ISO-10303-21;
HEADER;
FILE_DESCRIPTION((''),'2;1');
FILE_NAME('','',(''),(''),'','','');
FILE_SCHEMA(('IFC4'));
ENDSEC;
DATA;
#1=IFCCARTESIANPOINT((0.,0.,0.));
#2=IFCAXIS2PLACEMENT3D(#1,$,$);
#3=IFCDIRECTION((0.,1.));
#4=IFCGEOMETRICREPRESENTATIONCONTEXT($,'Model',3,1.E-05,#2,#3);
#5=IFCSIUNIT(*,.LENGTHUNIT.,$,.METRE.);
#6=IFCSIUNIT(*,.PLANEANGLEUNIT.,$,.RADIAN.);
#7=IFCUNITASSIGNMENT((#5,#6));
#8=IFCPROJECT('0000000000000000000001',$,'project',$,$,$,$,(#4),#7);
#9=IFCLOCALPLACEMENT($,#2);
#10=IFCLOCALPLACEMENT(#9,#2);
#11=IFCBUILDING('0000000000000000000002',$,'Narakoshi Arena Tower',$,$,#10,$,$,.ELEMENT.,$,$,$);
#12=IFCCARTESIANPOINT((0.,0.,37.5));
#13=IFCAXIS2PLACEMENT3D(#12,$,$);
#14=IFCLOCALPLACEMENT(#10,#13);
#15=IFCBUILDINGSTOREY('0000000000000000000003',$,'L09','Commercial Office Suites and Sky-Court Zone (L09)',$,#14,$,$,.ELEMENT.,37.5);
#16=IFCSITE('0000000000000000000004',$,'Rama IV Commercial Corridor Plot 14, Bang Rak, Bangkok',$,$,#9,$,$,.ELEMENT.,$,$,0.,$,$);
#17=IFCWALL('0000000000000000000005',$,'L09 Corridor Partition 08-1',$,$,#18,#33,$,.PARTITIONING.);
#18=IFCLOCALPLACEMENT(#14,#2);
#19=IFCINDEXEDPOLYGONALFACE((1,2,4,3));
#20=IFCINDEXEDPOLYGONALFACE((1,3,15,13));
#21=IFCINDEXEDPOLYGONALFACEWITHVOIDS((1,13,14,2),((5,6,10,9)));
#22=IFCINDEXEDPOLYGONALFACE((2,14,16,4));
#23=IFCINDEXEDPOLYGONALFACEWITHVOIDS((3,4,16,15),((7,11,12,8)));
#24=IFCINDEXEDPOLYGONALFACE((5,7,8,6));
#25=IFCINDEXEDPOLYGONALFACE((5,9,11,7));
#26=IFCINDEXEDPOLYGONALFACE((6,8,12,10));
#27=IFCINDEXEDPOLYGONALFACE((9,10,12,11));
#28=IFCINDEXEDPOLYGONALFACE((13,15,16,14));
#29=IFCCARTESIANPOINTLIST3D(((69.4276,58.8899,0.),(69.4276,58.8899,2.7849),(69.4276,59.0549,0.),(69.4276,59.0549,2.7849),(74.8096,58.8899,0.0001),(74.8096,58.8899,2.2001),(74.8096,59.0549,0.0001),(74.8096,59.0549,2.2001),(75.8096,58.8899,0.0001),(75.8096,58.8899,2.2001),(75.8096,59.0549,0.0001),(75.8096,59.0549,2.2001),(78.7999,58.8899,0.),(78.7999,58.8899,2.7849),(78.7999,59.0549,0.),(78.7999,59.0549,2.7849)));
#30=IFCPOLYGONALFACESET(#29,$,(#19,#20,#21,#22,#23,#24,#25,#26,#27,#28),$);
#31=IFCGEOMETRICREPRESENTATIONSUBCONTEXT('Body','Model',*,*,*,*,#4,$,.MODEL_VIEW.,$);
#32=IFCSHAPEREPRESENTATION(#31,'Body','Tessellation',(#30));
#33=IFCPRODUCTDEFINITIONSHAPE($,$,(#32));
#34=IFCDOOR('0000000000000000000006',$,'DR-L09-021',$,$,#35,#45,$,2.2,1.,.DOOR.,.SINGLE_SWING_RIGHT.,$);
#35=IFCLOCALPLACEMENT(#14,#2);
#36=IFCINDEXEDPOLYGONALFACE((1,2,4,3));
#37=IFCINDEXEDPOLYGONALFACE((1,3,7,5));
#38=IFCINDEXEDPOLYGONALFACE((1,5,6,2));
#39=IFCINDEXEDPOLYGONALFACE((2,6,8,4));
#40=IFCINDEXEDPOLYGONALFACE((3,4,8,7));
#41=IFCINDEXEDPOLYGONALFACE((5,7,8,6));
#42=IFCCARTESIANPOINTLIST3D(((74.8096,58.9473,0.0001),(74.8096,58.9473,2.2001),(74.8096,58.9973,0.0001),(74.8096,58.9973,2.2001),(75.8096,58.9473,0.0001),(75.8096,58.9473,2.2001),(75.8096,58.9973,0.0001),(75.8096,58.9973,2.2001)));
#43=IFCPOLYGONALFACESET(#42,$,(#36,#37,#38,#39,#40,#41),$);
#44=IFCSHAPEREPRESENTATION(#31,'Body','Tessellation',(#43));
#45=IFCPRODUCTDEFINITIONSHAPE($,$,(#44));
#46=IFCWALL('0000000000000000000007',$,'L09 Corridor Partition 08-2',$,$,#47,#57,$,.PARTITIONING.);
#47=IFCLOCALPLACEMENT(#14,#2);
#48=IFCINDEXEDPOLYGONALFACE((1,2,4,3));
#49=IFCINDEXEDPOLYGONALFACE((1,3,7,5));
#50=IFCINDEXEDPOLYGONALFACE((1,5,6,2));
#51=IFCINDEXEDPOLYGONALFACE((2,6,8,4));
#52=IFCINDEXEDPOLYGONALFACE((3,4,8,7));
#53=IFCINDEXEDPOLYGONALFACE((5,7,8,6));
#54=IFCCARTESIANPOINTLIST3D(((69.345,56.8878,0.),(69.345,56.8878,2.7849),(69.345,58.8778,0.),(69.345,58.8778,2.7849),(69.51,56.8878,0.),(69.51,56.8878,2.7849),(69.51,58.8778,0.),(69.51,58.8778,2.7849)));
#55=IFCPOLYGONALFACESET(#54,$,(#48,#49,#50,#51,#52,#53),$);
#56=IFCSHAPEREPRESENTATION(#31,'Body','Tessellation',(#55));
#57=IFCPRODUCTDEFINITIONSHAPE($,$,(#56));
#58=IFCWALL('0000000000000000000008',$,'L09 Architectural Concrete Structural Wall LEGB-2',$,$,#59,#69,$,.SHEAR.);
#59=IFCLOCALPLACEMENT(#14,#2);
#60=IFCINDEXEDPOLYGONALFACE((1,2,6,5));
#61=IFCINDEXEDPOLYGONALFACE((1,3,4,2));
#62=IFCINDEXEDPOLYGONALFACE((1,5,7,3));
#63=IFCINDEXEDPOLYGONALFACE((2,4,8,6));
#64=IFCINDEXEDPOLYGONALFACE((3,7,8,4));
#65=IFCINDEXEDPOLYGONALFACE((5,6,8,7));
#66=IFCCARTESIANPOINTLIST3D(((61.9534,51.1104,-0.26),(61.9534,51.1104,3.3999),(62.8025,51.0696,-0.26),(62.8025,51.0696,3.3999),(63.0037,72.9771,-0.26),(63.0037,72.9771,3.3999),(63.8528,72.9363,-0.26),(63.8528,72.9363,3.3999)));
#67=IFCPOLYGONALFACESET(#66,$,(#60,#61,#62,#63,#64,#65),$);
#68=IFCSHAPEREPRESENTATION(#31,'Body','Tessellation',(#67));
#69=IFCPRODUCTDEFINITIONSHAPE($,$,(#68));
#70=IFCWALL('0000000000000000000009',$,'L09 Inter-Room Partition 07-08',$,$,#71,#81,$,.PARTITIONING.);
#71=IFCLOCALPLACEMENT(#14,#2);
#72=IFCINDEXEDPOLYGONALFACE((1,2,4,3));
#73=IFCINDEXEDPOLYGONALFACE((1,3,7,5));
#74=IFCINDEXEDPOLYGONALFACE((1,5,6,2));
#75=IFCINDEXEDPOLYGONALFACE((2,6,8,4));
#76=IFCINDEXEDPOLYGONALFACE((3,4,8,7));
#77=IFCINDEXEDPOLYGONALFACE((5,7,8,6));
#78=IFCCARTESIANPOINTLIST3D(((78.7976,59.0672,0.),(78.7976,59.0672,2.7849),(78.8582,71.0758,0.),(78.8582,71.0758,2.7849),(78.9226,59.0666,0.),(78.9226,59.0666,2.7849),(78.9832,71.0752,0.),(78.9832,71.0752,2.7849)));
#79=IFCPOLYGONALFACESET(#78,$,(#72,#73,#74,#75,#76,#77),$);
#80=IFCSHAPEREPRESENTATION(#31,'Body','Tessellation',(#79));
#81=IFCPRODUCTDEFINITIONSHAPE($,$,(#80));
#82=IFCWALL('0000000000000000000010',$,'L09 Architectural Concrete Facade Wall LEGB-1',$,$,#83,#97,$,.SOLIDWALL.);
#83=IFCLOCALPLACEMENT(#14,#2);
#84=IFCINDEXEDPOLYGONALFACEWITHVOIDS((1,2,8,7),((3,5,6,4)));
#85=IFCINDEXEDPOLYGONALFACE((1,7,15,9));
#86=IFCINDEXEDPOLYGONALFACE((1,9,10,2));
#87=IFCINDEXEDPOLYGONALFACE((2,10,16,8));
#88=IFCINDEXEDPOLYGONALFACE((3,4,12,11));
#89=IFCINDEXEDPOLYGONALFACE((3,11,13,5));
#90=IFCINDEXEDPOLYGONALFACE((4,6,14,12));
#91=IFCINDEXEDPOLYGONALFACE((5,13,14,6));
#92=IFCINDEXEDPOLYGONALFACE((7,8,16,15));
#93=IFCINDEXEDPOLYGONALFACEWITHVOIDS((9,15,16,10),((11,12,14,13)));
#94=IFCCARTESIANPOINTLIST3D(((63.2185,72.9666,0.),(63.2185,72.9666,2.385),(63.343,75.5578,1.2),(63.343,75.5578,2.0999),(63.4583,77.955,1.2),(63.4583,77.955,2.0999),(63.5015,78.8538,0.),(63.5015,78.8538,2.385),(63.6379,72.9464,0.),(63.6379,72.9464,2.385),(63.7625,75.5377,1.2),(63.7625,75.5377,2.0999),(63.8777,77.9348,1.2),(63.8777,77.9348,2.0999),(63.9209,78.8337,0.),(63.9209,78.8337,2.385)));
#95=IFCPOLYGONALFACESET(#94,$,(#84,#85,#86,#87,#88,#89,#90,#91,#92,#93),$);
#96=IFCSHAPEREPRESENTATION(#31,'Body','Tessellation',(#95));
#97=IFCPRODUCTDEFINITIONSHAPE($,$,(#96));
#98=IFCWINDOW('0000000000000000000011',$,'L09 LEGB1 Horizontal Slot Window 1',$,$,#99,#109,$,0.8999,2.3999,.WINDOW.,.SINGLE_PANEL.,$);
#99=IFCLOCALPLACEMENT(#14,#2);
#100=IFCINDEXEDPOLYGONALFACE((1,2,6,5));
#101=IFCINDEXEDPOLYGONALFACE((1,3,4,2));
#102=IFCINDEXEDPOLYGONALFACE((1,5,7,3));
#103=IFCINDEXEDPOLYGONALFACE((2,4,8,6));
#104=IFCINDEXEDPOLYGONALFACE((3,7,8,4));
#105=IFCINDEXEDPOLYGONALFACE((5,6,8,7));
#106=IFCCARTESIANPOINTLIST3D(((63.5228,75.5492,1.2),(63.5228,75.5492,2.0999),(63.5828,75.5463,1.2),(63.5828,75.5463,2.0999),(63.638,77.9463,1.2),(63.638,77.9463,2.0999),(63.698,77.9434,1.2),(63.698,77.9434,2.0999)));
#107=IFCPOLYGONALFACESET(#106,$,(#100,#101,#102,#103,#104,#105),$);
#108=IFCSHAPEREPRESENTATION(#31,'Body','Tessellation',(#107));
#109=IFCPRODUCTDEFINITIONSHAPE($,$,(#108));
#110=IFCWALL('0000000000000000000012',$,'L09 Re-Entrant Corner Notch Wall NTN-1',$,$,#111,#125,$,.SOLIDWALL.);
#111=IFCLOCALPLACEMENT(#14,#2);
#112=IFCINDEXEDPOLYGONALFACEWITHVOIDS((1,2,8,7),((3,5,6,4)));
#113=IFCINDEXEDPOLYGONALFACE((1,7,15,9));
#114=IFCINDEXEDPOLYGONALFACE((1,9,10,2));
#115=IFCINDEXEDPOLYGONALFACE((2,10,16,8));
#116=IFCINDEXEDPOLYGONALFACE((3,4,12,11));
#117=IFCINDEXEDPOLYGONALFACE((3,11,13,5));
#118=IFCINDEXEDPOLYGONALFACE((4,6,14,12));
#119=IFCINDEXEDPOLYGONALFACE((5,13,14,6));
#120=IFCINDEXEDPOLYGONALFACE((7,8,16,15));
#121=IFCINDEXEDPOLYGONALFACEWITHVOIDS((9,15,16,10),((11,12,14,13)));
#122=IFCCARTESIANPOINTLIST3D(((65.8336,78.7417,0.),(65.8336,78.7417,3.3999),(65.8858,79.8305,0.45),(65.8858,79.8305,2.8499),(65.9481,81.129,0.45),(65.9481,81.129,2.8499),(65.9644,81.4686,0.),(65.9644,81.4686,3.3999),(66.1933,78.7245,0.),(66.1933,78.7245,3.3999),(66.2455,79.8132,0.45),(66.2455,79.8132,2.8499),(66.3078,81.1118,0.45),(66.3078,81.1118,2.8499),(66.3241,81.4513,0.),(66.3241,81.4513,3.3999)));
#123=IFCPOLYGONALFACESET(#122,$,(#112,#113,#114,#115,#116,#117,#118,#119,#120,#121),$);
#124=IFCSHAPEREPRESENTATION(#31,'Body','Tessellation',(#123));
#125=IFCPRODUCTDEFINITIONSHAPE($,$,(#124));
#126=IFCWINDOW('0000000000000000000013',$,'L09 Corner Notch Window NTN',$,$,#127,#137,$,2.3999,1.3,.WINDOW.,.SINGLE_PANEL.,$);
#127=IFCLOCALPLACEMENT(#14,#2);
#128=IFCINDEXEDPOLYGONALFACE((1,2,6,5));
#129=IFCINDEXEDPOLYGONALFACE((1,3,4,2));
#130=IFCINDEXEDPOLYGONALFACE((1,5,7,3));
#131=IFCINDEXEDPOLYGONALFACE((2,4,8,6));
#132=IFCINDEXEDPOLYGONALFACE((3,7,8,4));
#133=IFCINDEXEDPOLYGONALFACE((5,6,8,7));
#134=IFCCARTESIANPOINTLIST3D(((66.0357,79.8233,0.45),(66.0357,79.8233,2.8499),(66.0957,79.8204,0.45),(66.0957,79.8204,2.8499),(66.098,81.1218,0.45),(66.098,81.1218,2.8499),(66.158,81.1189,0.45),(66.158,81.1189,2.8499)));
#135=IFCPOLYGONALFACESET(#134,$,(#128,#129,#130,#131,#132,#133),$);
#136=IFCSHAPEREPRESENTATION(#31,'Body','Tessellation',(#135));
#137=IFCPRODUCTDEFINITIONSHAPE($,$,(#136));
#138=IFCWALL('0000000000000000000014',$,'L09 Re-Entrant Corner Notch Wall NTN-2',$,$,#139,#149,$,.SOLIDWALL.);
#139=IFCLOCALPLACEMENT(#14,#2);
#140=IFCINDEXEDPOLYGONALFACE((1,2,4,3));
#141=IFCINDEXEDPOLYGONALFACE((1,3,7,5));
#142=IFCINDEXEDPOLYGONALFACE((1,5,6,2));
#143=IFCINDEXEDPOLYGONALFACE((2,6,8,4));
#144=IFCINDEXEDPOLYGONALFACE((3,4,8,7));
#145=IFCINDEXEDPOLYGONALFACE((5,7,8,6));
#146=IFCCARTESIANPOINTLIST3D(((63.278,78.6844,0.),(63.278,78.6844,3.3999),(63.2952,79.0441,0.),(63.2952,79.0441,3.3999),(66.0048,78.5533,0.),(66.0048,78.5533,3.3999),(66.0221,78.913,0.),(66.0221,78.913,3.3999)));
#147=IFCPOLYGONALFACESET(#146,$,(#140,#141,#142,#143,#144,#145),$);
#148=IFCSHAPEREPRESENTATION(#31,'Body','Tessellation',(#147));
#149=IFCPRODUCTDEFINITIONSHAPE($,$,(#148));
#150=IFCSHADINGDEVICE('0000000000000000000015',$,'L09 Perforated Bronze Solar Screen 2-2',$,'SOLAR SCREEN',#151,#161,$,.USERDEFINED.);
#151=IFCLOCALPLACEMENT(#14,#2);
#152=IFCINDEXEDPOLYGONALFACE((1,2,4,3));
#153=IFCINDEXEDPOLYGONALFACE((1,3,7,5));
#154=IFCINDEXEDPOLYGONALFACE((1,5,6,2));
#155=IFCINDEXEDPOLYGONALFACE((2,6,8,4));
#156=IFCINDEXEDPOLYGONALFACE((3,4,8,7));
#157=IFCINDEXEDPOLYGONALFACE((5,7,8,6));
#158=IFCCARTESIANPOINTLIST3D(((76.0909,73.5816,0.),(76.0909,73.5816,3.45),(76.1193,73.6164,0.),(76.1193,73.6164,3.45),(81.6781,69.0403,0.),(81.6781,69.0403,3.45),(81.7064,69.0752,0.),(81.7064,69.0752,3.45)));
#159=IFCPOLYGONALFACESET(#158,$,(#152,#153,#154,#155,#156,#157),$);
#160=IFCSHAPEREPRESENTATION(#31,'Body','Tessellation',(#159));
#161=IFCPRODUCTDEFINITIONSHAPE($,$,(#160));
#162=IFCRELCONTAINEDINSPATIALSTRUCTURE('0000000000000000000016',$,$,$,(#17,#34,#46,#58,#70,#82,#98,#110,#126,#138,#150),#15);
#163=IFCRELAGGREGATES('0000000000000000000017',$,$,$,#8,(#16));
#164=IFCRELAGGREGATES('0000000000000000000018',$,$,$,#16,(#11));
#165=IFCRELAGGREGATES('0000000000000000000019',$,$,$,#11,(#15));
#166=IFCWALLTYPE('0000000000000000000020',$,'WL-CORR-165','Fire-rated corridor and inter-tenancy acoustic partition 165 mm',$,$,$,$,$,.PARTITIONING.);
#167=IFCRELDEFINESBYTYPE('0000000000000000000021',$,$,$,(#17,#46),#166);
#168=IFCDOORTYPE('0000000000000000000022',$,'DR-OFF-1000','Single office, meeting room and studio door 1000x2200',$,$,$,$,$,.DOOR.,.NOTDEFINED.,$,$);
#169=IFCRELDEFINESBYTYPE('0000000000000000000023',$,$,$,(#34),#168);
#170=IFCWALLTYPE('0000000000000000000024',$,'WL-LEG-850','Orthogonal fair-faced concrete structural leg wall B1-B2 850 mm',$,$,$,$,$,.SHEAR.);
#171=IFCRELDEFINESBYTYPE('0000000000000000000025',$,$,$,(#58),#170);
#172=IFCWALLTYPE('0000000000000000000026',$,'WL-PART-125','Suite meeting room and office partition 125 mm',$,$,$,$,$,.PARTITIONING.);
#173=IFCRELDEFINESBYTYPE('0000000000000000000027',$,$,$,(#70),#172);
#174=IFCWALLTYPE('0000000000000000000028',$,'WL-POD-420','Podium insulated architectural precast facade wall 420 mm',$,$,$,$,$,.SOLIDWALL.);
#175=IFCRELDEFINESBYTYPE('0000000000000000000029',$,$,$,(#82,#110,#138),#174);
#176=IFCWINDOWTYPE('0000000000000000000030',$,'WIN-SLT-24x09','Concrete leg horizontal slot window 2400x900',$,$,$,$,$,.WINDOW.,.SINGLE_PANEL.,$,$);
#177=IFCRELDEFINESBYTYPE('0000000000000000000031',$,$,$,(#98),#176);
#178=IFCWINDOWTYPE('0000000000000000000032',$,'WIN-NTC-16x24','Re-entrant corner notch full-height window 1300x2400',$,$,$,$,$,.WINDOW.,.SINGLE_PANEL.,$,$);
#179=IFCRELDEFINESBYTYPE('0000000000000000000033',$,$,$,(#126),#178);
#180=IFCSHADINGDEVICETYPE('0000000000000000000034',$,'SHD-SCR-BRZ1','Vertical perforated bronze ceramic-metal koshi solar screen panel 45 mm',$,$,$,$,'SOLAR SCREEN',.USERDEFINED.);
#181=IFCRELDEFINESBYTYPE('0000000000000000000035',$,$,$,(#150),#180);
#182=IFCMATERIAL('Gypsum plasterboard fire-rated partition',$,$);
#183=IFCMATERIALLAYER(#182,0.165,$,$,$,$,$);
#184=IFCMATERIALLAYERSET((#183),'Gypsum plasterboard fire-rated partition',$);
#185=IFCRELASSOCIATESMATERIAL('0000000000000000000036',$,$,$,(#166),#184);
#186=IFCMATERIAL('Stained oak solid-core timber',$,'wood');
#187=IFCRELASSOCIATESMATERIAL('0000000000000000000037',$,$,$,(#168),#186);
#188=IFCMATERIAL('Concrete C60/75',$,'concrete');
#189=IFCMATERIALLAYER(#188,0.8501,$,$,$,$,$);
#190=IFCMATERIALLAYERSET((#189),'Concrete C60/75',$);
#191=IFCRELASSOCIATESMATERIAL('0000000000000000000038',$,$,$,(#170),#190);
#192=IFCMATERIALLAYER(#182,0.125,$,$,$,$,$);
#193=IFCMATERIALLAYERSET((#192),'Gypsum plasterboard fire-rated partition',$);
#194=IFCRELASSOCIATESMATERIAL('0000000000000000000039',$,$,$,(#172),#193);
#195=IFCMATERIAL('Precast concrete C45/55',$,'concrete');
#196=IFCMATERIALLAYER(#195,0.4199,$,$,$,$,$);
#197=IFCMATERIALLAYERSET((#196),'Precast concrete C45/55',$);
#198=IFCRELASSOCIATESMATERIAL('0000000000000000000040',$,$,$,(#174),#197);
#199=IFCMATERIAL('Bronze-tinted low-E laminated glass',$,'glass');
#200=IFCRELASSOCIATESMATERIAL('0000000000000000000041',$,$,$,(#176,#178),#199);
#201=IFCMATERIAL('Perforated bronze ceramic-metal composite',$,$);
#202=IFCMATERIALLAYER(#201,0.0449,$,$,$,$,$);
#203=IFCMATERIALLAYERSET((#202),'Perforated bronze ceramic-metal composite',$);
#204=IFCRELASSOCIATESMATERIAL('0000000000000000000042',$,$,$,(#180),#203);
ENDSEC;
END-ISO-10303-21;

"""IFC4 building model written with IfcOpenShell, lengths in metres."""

from ifc_helpers import new_model, si_unit, direction, frame, frame_2d, origin, origin_2d, place, context, subcontext, project, spatial, rectangle, extrude, material, layer, layer_set, type_object, element, fill, save


model = new_model("IFC4")

# Units and contexts
model_context = context("Model", 3, precision=1e-05, world=origin(), true_north=direction((0.0, 1.0)))
body_context = subcontext(model_context, "Body", "Model", "MODEL_VIEW")
ifc_project = project(units=[si_unit("LENGTHUNIT", "METRE"), si_unit("PLANEANGLEUNIT", "RADIAN")], contexts=[model_context])

# Site, building, storey
site_placement = place(None, origin())
site = spatial("IfcSite", under=ifc_project, at=site_placement, Name="Rama IV Commercial Corridor Plot 14, Bang Rak, Bangkok", CompositionType="ELEMENT", RefElevation=0.0)
building_placement = place(site_placement, origin())
building = spatial("IfcBuilding", under=site, at=building_placement, Name="Narakoshi Arena Tower", CompositionType="ELEMENT")
storey_placement = place(building_placement, frame((0.0, 0.0, 37.5)))
storey = spatial("IfcBuildingStorey", under=building, at=storey_placement, Name="L09", Description="Commercial Office Suites and Sky-Court Zone (L09)", CompositionType="ELEMENT", Elevation=37.5)

# Shared definitions
ifc_material_1 = material(Name="Concrete C60/75", Category="concrete")

# Shared definitions
ifc_material_2 = material(Name="Bronze-tinted low-E laminated glass", Category="glass")

# Wall, opening, door
ifc_material_3 = material(Name="Gypsum plasterboard fire-rated partition")
ifc_layer_1 = layer(ifc_material_3, 0.165)
ifc_layer_set_1 = layer_set([ifc_layer_1], Name="Gypsum plasterboard fire-rated partition")
wall_type_1 = type_object("IfcWallType", Name="WL-CORR-165", Description="Fire-rated corridor and inter-tenancy acoustic partition 165 mm", PredefinedType="PARTITIONING", material=ifc_layer_set_1)
wall_1_placement = place(storey_placement, frame((78.7998, 58.9724, 0.0), z_axis=(0.0, 0.0, 1.0), x_axis=(-1.0, 0.0, 0.0)))
wall_1 = element("IfcWall", 1, at=wall_1_placement, inside=storey, type_object=wall_type_1, Name="L09 Corridor Partition 08-1", PredefinedType="PARTITIONING", context=body_context, shape_type="SweptSolid", body=[
    extrude(rectangle(XDim=9.3723, YDim=0.165, at=frame_2d((4.686, 0.0))), origin(), (0.0, 0.0, 1.0), 2.7849),
])
opening_1_placement = place(wall_1_placement, frame((2.9902, 0.0, 0.0)))
opening_1 = element("IfcOpeningElement", 2, at=opening_1_placement, cuts=wall_1, PredefinedType="OPENING", context=body_context, shape_type="SweptSolid", body=[
    extrude(rectangle(XDim=1.0, YDim=2.2, at=frame_2d((0.5, 1.1001))), frame((0.0, 0.0925, 0.0), z_axis=(0.0, -1.0, 0.0), x_axis=(1.0, 0.0, 0.0)), (0.0, 0.0, 1.0), 0.1851),
])
ifc_material_4 = material(Name="Stained oak solid-core timber", Category="wood")
door_type = type_object("IfcDoorType", Name="DR-OFF-1000", Description="Single office, meeting room and studio door 1000x2200", OperationType="NOTDEFINED", PredefinedType="DOOR", material=ifc_material_4)
door_placement = place(opening_1_placement, frame((1.0, 0.0, 0.0), z_axis=(0.0, 0.0, 1.0), x_axis=(-1.0, 0.0, 0.0)))
door = element("IfcDoor", 3, at=door_placement, inside=storey, type_object=door_type, Name="DR-L09-021", OperationType="SINGLE_SWING_RIGHT", OverallHeight=2.2, OverallWidth=1.0, PredefinedType="DOOR", context=body_context, shape_type="SweptSolid", body=[
    extrude(rectangle(XDim=1.0, YDim=2.2, at=frame_2d((0.5, 1.1001))), frame((0.0, 0.0249, 0.0), z_axis=(0.0, -1.0, 0.0), x_axis=(1.0, 0.0, 0.0)), (0.0, 0.0, 1.0), 0.05),
])
fill(opening_1, door)

# Walls
wall_2_placement = place(storey_placement, frame((69.4275, 58.8779, 0.0), z_axis=(0.0, 0.0, 1.0), x_axis=(0.0, -1.0, 0.0)))
element("IfcWall", 4, at=wall_2_placement, inside=storey, type_object=wall_type_1, Name="L09 Corridor Partition 08-2", PredefinedType="PARTITIONING", context=body_context, shape_type="SweptSolid", body=[
    extrude(rectangle(XDim=1.99, YDim=0.165, at=frame_2d((0.9951, 0.0))), origin(), (0.0, 0.0, 1.0), 2.7849),
])
ifc_layer_2 = layer(ifc_material_1, 0.8501)
ifc_layer_set_2 = layer_set([ifc_layer_2], Name="Concrete C60/75")
wall_type_2 = type_object("IfcWallType", Name="WL-LEG-850", Description="Orthogonal fair-faced concrete structural leg wall B1-B2 850 mm", PredefinedType="SHEAR", material=ifc_layer_set_2)
wall_3_placement = place(storey_placement, frame((63.4282, 72.9565, -0.26), z_axis=(0.0, 0.0, 1.0), x_axis=(-0.047976, -0.998848, 0.0)))
element("IfcWall", 5, at=wall_3_placement, inside=storey, type_object=wall_type_2, Name="L09 Architectural Concrete Structural Wall LEGB-2", PredefinedType="SHEAR", context=body_context, shape_type="SweptSolid", body=[
    extrude(rectangle(XDim=21.8918, YDim=0.8501, at=frame_2d((10.9458, 0.0))), origin(), (0.0, 0.0, 1.0), 3.6599),
])
ifc_layer_3 = layer(ifc_material_3, 0.125)
ifc_layer_set_3 = layer_set([ifc_layer_3], Name="Gypsum plasterboard fire-rated partition")
wall_type_3 = type_object("IfcWallType", Name="WL-PART-125", Description="Suite meeting room and office partition 125 mm", PredefinedType="PARTITIONING", material=ifc_layer_set_3)
wall_4_placement = place(storey_placement, frame((78.8601, 59.0669, 0.0), z_axis=(0.0, 0.0, 1.0), x_axis=(0.005042, 0.999987, 0.0)))
element("IfcWall", 6, at=wall_4_placement, inside=storey, type_object=wall_type_3, Name="L09 Inter-Room Partition 07-08", PredefinedType="PARTITIONING", context=body_context, shape_type="SweptSolid", body=[
    extrude(rectangle(XDim=12.0088, YDim=0.125, at=frame_2d((6.0044, 0.0))), origin(), (0.0, 0.0, 1.0), 2.7849),
])

# Walls, openings, windows
ifc_material_5 = material(Name="Precast concrete C45/55", Category="concrete")
ifc_layer_4 = layer(ifc_material_5, 0.4199)
ifc_layer_set_4 = layer_set([ifc_layer_4], Name="Precast concrete C45/55")
wall_type_4 = type_object("IfcWallType", Name="WL-POD-420", Description="Podium insulated architectural precast facade wall 420 mm", PredefinedType="SOLIDWALL", material=ifc_layer_set_4)
wall_5_placement = place(storey_placement, frame((63.7112, 78.8438, 0.0), z_axis=(0.0, 0.0, 1.0), x_axis=(-0.048008, -0.998847, 0.0)))
wall_5 = element("IfcWall", 7, at=wall_5_placement, inside=storey, type_object=wall_type_4, Name="L09 Architectural Concrete Facade Wall LEGB-1", PredefinedType="SOLIDWALL", context=body_context, shape_type="SweptSolid", body=[
    extrude(rectangle(XDim=5.894, YDim=0.4199, at=frame_2d((2.947, 0.0))), origin(), (0.0, 0.0, 1.0), 2.385),
])
opening_2_placement = place(wall_5_placement, frame((0.8999, 0.0, 1.2)))
opening_2 = element("IfcOpeningElement", 8, at=opening_2_placement, cuts=wall_5, PredefinedType="OPENING", context=body_context, shape_type="SweptSolid", body=[
    extrude(rectangle(XDim=2.3999, YDim=0.8999, at=frame_2d((1.2, 0.45))), frame((0.0, 0.22, 0.0), z_axis=(0.0, -1.0, 0.0), x_axis=(1.0, 0.0, 0.0)), (0.0, 0.0, 1.0), 0.4399),
])
window_type_1 = type_object("IfcWindowType", Name="WIN-SLT-24x09", Description="Concrete leg horizontal slot window 2400x900", PartitioningType="SINGLE_PANEL", PredefinedType="WINDOW", material=ifc_material_2)
window_1_placement = place(opening_2_placement, origin())
window_1 = element("IfcWindow", 9, at=window_1_placement, inside=storey, type_object=window_type_1, Name="L09 LEGB1 Horizontal Slot Window 1", OverallHeight=0.8999, OverallWidth=2.3999, PartitioningType="SINGLE_PANEL", PredefinedType="WINDOW", context=body_context, shape_type="SweptSolid", body=[
    extrude(rectangle(XDim=2.3999, YDim=0.8999, at=frame_2d((1.2, 0.45))), frame((0.0, 0.03, 0.0), z_axis=(0.0, -1.0, 0.0), x_axis=(1.0, 0.0, 0.0)), (0.0, 0.0, 1.0), 0.0601),
])
fill(opening_2, window_1)
wall_6_placement = place(storey_placement, frame((66.1443, 81.46, 0.0), z_axis=(0.0, 0.0, 1.0), x_axis=(-0.047935, -0.99885, 0.0)))
wall_6 = element("IfcWall", 10, at=wall_6_placement, inside=storey, type_object=wall_type_4, Name="L09 Re-Entrant Corner Notch Wall NTN-1", PredefinedType="SOLIDWALL", context=body_context, shape_type="SweptSolid", body=[
    extrude(rectangle(XDim=2.73, YDim=0.3601, at=frame_2d((1.365, 0.0))), origin(), (0.0, 0.0, 1.0), 3.3999),
])
opening_3_placement = place(wall_6_placement, frame((0.3401, 0.0, 0.45)))
opening_3 = element("IfcOpeningElement", 11, at=opening_3_placement, cuts=wall_6, PredefinedType="OPENING", context=body_context, shape_type="SweptSolid", body=[
    extrude(rectangle(XDim=1.3, YDim=2.3999, at=frame_2d((0.6499, 1.2))), frame((0.0, 0.1899, 0.0), z_axis=(0.0, -1.0, 0.0), x_axis=(1.0, 0.0, 0.0)), (0.0, 0.0, 1.0), 0.3801),
])
window_type_2 = type_object("IfcWindowType", Name="WIN-NTC-16x24", Description="Re-entrant corner notch full-height window 1300x2400", PartitioningType="SINGLE_PANEL", PredefinedType="WINDOW", material=ifc_material_2)
window_2_placement = place(opening_3_placement, origin())
window_2 = element("IfcWindow", 12, at=window_2_placement, inside=storey, type_object=window_type_2, Name="L09 Corner Notch Window NTN", OverallHeight=2.3999, OverallWidth=1.3, PartitioningType="SINGLE_PANEL", PredefinedType="WINDOW", context=body_context, shape_type="SweptSolid", body=[
    extrude(rectangle(XDim=1.3, YDim=2.3999, at=frame_2d((0.6499, 1.2))), frame((0.0, 0.03, 0.0), z_axis=(0.0, -1.0, 0.0), x_axis=(1.0, 0.0, 0.0)), (0.0, 0.0, 1.0), 0.0601),
])
fill(opening_3, window_2)

# Wall
wall_7_placement = place(storey_placement, frame((66.0134, 78.7332, 0.0), z_axis=(0.0, 0.0, 1.0), x_axis=(-0.998846, 0.048024, 0.0)))
element("IfcWall", 13, at=wall_7_placement, inside=storey, type_object=wall_type_4, Name="L09 Re-Entrant Corner Notch Wall NTN-2", PredefinedType="SOLIDWALL", context=body_context, shape_type="SweptSolid", body=[
    extrude(rectangle(XDim=2.73, YDim=0.3601, at=frame_2d((1.365, 0.0))), origin(), (0.0, 0.0, 1.0), 3.3999),
])

# Shading device
ifc_material_6 = material(Name="Perforated bronze ceramic-metal composite")
ifc_layer_5 = layer(ifc_material_6, 0.0449)
ifc_layer_set_5 = layer_set([ifc_layer_5], Name="Perforated bronze ceramic-metal composite")
shading_device_type = type_object("IfcShadingDeviceType", Name="SHD-SCR-BRZ1", Description="Vertical perforated bronze ceramic-metal koshi solar screen panel 45 mm", ElementType="SOLAR SCREEN", PredefinedType="USERDEFINED", material=ifc_layer_set_5)
shading_device_placement = place(storey_placement, frame((78.8987, 71.3284, 0.0), z_axis=(0.0, 0.0, 1.0), x_axis=(-0.776002, 0.63073, 0.0)))
element("IfcShadingDevice", 14, at=shading_device_placement, inside=storey, type_object=shading_device_type, Name="L09 Perforated Bronze Solar Screen 2-2", ObjectType="SOLAR SCREEN", PredefinedType="USERDEFINED", context=body_context, shape_type="SweptSolid", body=[
    extrude(rectangle(XDim=7.2, YDim=0.0449, at=origin_2d()), origin(), (0.0, 0.0, 1.0), 3.45),
])

save(model, "model.ifc")
